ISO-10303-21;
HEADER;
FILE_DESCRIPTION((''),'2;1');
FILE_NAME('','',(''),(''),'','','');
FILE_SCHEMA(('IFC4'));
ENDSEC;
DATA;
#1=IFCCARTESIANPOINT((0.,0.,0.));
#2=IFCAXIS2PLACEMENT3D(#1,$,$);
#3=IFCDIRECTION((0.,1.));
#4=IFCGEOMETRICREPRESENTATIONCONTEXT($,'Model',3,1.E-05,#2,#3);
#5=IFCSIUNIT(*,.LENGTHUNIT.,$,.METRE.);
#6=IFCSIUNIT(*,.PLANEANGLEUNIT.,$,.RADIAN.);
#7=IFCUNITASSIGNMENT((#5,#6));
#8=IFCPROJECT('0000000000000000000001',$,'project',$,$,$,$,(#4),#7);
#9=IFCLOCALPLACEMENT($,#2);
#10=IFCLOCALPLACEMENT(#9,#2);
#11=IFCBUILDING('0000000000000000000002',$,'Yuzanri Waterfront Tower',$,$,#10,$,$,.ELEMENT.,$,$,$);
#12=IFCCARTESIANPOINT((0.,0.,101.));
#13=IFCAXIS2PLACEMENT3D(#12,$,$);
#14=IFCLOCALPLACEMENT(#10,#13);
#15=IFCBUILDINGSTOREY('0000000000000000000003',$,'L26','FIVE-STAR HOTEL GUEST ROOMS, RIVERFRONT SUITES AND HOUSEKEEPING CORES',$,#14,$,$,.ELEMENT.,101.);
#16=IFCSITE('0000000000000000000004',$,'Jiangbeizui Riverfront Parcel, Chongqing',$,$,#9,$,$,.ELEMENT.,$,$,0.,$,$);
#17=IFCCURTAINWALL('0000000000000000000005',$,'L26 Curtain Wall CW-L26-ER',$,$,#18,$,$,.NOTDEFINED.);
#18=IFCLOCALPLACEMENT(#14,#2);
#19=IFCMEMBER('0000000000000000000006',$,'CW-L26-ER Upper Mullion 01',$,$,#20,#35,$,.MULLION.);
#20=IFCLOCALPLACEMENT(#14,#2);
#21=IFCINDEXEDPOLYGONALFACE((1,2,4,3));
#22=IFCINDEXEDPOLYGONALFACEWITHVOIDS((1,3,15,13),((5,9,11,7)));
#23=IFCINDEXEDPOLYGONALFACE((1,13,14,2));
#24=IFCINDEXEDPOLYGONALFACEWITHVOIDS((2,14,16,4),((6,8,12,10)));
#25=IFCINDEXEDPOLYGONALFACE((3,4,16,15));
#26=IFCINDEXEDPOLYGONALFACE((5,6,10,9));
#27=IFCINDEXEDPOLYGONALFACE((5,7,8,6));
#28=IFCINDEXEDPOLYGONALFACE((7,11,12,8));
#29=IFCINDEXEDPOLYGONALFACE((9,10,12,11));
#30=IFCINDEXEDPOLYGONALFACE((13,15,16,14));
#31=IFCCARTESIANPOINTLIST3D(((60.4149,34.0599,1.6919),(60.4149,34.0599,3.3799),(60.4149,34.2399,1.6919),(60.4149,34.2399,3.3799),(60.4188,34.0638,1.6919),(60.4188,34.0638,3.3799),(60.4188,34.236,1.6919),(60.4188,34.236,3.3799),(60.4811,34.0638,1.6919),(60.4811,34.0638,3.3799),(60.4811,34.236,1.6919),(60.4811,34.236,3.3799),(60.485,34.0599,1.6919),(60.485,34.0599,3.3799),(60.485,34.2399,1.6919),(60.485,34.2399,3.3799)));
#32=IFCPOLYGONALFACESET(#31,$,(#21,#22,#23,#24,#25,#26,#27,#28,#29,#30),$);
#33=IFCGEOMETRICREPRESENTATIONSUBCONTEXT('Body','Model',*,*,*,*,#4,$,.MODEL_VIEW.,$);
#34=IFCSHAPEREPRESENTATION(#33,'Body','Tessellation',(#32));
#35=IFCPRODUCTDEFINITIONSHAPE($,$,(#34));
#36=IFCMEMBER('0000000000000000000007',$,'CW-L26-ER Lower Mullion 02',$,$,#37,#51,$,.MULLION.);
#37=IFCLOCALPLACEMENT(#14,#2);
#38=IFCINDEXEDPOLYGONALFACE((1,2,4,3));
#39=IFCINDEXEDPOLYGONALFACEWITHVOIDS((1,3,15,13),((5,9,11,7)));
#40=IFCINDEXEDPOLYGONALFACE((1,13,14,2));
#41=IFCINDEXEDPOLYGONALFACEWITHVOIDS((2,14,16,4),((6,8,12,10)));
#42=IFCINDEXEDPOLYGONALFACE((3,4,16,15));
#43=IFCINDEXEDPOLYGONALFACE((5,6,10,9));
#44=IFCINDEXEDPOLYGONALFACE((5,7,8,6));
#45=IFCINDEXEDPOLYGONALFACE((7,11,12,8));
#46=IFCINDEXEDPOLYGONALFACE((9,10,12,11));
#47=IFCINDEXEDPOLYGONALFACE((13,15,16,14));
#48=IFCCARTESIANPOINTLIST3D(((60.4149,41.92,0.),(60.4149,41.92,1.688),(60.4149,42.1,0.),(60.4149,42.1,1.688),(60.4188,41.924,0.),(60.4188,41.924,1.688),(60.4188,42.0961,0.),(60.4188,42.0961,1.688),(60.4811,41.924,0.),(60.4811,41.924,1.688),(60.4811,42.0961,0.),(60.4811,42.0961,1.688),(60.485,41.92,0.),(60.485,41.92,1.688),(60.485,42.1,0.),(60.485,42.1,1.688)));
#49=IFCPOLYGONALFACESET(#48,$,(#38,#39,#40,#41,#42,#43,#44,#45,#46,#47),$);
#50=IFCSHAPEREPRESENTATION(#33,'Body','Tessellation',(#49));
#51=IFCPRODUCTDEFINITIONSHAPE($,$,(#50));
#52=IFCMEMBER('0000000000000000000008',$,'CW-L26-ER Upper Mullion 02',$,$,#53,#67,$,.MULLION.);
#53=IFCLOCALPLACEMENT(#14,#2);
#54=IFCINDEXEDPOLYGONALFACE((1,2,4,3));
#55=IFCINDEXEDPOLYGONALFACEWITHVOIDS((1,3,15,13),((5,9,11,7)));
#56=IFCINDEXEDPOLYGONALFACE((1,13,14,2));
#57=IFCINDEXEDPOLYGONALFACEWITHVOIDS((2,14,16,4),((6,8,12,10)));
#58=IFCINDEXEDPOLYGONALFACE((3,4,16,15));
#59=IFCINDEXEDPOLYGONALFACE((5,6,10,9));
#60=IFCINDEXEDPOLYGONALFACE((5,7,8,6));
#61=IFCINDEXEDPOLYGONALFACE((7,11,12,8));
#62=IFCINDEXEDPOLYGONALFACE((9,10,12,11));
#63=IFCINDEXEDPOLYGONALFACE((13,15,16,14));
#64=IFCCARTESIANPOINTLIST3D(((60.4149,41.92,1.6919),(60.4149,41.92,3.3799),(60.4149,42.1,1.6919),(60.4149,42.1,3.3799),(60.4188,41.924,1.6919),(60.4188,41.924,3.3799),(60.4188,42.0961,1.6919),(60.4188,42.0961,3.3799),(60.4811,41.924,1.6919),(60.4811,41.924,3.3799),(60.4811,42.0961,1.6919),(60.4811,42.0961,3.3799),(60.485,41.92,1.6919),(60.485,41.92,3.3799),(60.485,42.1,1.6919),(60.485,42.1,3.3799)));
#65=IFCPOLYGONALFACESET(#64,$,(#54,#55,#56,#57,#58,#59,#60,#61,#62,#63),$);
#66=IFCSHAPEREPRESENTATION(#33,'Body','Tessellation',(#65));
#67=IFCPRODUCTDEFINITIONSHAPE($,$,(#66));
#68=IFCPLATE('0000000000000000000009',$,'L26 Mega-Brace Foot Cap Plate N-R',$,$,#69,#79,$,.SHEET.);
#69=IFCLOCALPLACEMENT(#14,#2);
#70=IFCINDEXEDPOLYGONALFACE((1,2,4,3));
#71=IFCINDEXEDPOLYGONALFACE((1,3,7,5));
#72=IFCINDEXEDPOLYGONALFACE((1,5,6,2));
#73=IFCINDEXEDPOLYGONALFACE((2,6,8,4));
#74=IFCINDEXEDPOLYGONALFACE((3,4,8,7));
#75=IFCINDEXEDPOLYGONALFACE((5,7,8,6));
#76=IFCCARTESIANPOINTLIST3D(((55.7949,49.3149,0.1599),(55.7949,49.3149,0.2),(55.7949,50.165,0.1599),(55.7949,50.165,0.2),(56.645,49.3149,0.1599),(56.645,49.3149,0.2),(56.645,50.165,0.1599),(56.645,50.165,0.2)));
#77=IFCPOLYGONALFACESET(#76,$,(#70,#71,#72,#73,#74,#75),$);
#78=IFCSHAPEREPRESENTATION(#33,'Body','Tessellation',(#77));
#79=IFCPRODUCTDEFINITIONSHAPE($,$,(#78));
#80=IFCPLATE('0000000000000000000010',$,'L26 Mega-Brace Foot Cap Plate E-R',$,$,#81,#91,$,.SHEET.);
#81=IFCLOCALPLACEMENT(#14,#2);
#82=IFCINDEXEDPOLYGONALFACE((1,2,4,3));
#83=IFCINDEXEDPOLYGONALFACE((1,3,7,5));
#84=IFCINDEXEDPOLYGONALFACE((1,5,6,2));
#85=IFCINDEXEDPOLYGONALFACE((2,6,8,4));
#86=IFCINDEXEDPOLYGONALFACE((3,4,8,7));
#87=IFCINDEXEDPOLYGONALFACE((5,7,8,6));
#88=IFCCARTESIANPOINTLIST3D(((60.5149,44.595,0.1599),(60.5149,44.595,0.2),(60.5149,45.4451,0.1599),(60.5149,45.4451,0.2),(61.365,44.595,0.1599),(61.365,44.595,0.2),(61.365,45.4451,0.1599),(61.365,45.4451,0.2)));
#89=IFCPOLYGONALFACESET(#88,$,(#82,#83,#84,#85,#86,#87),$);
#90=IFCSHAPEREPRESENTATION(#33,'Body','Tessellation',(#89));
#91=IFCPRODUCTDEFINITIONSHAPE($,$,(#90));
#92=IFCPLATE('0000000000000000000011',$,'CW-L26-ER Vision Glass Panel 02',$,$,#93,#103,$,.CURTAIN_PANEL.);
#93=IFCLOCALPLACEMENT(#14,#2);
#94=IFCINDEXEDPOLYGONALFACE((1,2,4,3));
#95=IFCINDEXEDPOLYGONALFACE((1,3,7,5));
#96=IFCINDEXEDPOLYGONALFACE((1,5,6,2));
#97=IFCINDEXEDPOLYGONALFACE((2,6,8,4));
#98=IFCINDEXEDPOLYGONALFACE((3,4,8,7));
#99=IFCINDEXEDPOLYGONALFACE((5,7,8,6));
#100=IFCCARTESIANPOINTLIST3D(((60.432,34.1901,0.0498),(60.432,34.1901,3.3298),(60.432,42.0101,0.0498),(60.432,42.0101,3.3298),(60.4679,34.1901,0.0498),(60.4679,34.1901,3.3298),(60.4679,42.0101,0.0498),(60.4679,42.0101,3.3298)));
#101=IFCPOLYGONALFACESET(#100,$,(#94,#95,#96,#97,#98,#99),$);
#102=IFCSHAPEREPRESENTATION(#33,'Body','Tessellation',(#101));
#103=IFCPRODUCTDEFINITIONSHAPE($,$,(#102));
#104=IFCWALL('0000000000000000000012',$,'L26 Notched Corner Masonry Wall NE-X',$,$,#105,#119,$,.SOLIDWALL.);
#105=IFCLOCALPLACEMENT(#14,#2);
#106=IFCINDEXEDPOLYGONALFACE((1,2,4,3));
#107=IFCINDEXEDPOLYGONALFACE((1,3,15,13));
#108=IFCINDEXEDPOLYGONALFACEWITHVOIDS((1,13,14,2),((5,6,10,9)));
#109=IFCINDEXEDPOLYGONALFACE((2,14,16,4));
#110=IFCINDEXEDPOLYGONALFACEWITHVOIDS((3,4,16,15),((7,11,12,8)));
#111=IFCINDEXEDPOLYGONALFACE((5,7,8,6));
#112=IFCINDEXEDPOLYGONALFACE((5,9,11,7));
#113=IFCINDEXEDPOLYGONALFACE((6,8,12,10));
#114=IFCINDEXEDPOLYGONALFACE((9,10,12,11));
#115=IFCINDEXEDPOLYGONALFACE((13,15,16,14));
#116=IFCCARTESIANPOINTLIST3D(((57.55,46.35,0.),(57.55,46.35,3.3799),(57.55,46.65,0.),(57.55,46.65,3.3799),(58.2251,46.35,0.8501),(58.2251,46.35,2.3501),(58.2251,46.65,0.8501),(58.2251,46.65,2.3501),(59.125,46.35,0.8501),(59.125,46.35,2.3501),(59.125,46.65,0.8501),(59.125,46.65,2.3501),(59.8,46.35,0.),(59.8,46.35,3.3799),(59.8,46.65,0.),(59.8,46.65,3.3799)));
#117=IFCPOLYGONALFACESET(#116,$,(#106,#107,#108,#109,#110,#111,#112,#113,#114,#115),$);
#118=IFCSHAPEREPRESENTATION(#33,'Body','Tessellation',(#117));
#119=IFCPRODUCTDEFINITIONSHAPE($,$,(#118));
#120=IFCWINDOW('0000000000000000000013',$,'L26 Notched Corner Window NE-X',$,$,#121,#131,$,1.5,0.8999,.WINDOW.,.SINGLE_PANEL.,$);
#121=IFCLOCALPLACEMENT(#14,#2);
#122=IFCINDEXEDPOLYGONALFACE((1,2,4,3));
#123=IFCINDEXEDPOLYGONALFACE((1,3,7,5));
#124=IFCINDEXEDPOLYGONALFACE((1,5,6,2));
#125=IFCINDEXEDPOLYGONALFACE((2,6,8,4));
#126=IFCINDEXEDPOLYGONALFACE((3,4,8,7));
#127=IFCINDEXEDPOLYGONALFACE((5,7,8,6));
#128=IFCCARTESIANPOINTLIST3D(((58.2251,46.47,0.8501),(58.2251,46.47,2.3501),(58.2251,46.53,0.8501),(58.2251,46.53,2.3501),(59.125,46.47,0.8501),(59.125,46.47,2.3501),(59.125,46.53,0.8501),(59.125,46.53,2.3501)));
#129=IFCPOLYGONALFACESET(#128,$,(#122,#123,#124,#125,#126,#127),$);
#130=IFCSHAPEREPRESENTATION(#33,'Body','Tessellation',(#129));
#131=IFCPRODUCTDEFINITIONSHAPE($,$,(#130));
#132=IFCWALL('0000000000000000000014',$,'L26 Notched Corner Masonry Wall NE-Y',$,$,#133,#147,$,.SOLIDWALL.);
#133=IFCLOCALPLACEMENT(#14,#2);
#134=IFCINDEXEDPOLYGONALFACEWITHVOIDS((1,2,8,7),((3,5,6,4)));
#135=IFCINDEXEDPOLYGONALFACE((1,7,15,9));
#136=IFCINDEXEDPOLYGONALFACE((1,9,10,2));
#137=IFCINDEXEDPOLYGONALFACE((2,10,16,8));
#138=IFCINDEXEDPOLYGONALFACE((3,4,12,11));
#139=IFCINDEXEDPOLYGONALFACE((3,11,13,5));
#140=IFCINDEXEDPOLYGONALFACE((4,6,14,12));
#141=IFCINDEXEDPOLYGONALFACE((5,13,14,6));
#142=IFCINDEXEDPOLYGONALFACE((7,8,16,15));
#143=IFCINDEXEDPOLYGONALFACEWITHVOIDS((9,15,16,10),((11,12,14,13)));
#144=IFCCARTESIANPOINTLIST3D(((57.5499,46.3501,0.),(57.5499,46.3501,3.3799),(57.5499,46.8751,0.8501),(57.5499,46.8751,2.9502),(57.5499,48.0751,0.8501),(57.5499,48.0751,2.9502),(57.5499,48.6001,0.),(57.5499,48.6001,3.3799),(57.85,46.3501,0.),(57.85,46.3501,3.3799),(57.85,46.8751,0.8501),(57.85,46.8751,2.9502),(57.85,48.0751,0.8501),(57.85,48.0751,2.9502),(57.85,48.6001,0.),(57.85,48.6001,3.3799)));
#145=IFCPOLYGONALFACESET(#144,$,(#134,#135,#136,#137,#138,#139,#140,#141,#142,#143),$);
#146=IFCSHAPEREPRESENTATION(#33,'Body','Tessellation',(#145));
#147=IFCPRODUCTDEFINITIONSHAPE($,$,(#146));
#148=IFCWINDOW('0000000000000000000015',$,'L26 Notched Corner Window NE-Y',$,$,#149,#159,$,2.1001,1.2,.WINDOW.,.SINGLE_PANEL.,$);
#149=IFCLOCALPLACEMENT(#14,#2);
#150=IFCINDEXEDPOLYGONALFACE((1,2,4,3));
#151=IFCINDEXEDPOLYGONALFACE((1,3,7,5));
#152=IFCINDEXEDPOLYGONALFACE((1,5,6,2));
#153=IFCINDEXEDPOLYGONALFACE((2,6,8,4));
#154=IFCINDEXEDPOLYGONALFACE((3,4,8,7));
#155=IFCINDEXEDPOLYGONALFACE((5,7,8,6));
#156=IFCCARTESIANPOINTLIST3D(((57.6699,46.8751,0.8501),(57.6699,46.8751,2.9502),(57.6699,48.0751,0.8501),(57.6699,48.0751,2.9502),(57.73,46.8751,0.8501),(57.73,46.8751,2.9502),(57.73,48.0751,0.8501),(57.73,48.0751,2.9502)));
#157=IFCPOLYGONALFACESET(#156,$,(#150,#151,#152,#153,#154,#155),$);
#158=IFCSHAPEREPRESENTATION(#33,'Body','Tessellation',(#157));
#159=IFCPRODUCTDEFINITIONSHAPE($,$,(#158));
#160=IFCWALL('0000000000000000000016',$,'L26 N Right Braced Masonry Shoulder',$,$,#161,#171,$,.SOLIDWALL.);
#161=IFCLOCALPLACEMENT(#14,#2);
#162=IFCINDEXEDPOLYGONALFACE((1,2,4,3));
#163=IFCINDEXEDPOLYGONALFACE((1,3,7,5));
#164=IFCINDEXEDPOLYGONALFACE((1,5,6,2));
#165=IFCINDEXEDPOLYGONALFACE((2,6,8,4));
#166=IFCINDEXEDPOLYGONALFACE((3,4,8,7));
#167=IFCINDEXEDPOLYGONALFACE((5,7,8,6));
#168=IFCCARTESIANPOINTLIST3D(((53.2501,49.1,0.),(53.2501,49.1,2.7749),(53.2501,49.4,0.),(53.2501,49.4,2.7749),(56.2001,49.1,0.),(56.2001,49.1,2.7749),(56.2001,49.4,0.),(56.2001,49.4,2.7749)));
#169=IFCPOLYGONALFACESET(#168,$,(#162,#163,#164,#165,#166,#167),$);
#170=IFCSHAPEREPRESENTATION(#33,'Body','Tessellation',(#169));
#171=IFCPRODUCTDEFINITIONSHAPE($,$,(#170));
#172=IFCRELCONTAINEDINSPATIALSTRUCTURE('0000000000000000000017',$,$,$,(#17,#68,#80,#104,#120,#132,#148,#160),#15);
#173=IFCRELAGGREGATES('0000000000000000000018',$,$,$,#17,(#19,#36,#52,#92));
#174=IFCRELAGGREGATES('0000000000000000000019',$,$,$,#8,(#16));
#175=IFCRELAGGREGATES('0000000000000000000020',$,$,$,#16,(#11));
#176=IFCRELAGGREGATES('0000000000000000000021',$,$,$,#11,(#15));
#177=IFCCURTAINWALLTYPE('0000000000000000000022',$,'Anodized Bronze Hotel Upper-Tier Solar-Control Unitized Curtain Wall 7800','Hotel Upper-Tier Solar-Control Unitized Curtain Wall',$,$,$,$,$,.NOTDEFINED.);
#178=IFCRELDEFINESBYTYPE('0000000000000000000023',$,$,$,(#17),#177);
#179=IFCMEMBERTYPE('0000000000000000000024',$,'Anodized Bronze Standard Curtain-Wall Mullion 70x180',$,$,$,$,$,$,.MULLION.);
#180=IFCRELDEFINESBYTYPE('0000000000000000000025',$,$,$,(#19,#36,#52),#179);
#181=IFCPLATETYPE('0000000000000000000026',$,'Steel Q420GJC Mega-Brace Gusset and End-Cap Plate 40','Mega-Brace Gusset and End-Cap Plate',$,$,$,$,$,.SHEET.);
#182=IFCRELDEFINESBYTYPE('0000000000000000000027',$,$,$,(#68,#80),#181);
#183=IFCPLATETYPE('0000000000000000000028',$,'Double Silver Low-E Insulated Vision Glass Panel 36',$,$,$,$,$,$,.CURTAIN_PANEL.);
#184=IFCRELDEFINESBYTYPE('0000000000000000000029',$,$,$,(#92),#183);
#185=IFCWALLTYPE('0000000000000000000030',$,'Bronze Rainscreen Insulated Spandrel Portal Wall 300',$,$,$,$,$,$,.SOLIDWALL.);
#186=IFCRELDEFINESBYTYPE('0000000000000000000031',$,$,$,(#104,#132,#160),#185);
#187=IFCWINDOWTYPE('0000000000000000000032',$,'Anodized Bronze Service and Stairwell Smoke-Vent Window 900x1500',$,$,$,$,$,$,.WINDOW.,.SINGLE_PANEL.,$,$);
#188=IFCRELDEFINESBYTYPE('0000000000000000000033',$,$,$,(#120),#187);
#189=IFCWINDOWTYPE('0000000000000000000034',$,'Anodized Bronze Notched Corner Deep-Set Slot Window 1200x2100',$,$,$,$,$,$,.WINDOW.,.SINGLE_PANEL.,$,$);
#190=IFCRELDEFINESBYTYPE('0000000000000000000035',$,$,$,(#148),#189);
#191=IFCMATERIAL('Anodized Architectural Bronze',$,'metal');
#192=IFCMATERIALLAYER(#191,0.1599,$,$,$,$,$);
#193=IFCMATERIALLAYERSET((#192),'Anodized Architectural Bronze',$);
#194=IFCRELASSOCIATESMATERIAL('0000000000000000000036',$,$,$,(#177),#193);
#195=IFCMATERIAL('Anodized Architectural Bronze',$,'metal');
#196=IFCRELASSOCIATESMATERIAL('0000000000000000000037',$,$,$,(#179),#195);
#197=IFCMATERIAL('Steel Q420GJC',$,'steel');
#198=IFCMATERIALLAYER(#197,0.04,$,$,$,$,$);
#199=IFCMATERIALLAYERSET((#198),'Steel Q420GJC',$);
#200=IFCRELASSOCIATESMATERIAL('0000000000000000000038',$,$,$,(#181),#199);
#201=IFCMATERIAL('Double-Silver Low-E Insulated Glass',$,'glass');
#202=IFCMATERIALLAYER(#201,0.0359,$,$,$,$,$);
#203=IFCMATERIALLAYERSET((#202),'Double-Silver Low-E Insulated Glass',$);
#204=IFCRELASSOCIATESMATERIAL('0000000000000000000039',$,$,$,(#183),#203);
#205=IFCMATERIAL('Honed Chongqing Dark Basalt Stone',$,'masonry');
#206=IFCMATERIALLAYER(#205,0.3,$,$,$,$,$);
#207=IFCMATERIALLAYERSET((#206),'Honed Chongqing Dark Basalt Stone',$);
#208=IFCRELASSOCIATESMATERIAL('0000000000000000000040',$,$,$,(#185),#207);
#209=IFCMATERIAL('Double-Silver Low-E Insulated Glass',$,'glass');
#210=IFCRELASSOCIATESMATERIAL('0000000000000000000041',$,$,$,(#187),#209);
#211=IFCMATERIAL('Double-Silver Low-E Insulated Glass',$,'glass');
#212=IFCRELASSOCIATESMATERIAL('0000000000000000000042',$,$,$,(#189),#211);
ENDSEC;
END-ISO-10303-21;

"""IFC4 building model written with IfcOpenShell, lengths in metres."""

from ifc_helpers import new_model, si_unit, direction, frame, frame_2d, origin, origin_2d, place, context, subcontext, project, spatial, rectangle, hollow_rectangle, extrude, source, transform, mapped, material, layer, layer_set, material_profile, profile_set, type_object, element, fill, aggregate, save


model = new_model("IFC4")

# Units and contexts
model_context = context("Model", 3, precision=1e-05, world=origin(), true_north=direction((0.0, 1.0)))
body_context = subcontext(model_context, "Body", "Model", "MODEL_VIEW")
ifc_project = project(units=[si_unit("LENGTHUNIT", "METRE"), si_unit("PLANEANGLEUNIT", "RADIAN")], contexts=[model_context])

# Site, building, storey
site_placement = place(None, origin())
site = spatial("IfcSite", under=ifc_project, at=site_placement, Name="Jiangbeizui Riverfront Parcel, Chongqing", CompositionType="ELEMENT", RefElevation=0.0)
building_placement = place(site_placement, origin())
building = spatial("IfcBuilding", under=site, at=building_placement, Name="Yuzanri Waterfront Tower", CompositionType="ELEMENT")
storey_placement = place(building_placement, frame((0.0, 0.0, 101.0)))
storey = spatial("IfcBuildingStorey", under=building, at=storey_placement, Name="L26", Description="FIVE-STAR HOTEL GUEST ROOMS, RIVERFRONT SUITES AND HOUSEKEEPING CORES", CompositionType="ELEMENT", Elevation=101.0)

# Curtain wall, members
ifc_material_1 = material(Name="Anodized Architectural Bronze", Category="metal")
ifc_layer_1 = layer(ifc_material_1, 0.1599)
ifc_layer_set_1 = layer_set([ifc_layer_1], Name="Anodized Architectural Bronze")
curtain_wall_type = type_object("IfcCurtainWallType", Name="Anodized Bronze Hotel Upper-Tier Solar-Control Unitized Curtain Wall 7800", Description="Hotel Upper-Tier Solar-Control Unitized Curtain Wall", PredefinedType="NOTDEFINED", material=ifc_layer_set_1)
ifc_material_2 = material(Name="Anodized Architectural Bronze", Category="metal")
ifc_material_profile_1 = material_profile(ifc_material_2, hollow_rectangle(XDim=0.0701, YDim=0.1799, WallThickness=0.0039, at=origin_2d()), Name="CWM 70x180")
ifc_profile_set_1 = profile_set([ifc_material_profile_1], Name="Anodized Architectural Bronze")
member_type_1 = type_object("IfcMemberType", Name="Anodized Bronze Standard Curtain-Wall Mullion 70x180", PredefinedType="MULLION", material=ifc_profile_set_1)
shared_shape_1 = source(origin(), body_context, "Body", "SweptSolid", [
    extrude(hollow_rectangle(XDim=0.0701, YDim=0.1799, WallThickness=0.0039, at=origin_2d()), origin(), (0.0, 0.0, 1.0), 1.688),
])
curtain_wall_1_placement = place(storey_placement, origin())
curtain_wall_1 = element("IfcCurtainWall", 1, at=curtain_wall_1_placement, inside=storey, type_object=curtain_wall_type, Name="L26 Curtain Wall CW-L26-ER", PredefinedType="NOTDEFINED")
member_1_placement = place(storey_placement, frame((60.45, 34.1499, 1.6919), z_axis=(0.0, 0.0, 1.0), x_axis=(1.0, 0.0, 0.0)))
member_1 = element("IfcMember", 2, at=member_1_placement, type_object=member_type_1, Name="CW-L26-ER Upper Mullion 01", PredefinedType="MULLION", context=body_context, shape_type="MappedRepresentation", body=[
    mapped(shared_shape_1, transform((0.0, 0.0, 0.0), scale=1.0)),
])
member_2_placement = place(storey_placement, frame((60.45, 42.01, 0.0), z_axis=(0.0, 0.0, 1.0), x_axis=(1.0, 0.0, 0.0)))
member_2 = element("IfcMember", 3, at=member_2_placement, type_object=member_type_1, Name="CW-L26-ER Lower Mullion 02", PredefinedType="MULLION", context=body_context, shape_type="MappedRepresentation", body=[
    mapped(shared_shape_1, transform((0.0, 0.0, 0.0), scale=1.0)),
])
member_3_placement = place(storey_placement, frame((60.45, 42.01, 1.6919), z_axis=(0.0, 0.0, 1.0), x_axis=(1.0, 0.0, 0.0)))
member_3 = element("IfcMember", 4, at=member_3_placement, type_object=member_type_1, Name="CW-L26-ER Upper Mullion 02", PredefinedType="MULLION", context=body_context, shape_type="MappedRepresentation", body=[
    mapped(shared_shape_1, transform((0.0, 0.0, 0.0), scale=1.0)),
])

# Plates
ifc_material_3 = material(Name="Steel Q420GJC", Category="steel")
ifc_layer_2 = layer(ifc_material_3, 0.04)
ifc_layer_set_2 = layer_set([ifc_layer_2], Name="Steel Q420GJC")
plate_type_1 = type_object("IfcPlateType", Name="Steel Q420GJC Mega-Brace Gusset and End-Cap Plate 40", Description="Mega-Brace Gusset and End-Cap Plate", PredefinedType="SHEET", material=ifc_layer_set_2)
shared_shape_2 = source(origin(), body_context, "Body", "SweptSolid", [
    extrude(rectangle(XDim=0.8501, YDim=0.8501, at=origin_2d()), origin(), (0.0, 0.0, 1.0), 0.04),
])
for number, where, z_axis, x_axis, name in (
    (5, (56.22, 49.74, 0.1599), (0.0, 0.0, 1.0), (1.0, 0.0, 0.0), "L26 Mega-Brace Foot Cap Plate N-R"),
    (6, (60.9399, 45.02, 0.1599), (0.0, 0.0, 1.0), (1.0, 0.0, 0.0), "L26 Mega-Brace Foot Cap Plate E-R"),
):
    element("IfcPlate", number, at=place(storey_placement, frame(where, z_axis=z_axis, x_axis=x_axis)), inside=storey, type_object=plate_type_1, Name=name, PredefinedType="SHEET", context=body_context, shape_type="MappedRepresentation", body=[
        mapped(shared_shape_2, transform((0.0, 0.0, 0.0), scale=1.0)),
    ])

# Plate
ifc_material_4 = material(Name="Double-Silver Low-E Insulated Glass", Category="glass")
ifc_layer_3 = layer(ifc_material_4, 0.0359)
ifc_layer_set_3 = layer_set([ifc_layer_3], Name="Double-Silver Low-E Insulated Glass")
plate_type_2 = type_object("IfcPlateType", Name="Double Silver Low-E Insulated Vision Glass Panel 36", PredefinedType="CURTAIN_PANEL", material=ifc_layer_set_3)
shared_shape_3 = source(origin(), body_context, "Body", "SweptSolid", [
    extrude(rectangle(XDim=7.8201, YDim=0.0359, at=origin_2d()), origin(), (0.0, 0.0, 1.0), 3.28),
])
plate_placement = place(storey_placement, frame((60.45, 38.1001, 0.0498), z_axis=(0.0, 0.0, 1.0), x_axis=(0.0, 1.0, 0.0)))
plate = element("IfcPlate", 7, at=plate_placement, type_object=plate_type_2, Name="CW-L26-ER Vision Glass Panel 02", PredefinedType="CURTAIN_PANEL", context=body_context, shape_type="MappedRepresentation", body=[
    mapped(shared_shape_3, transform((0.0, 0.0, 0.0), scale=1.0)),
])
aggregate(curtain_wall_1, [member_1, member_2, member_3, plate])

# Walls, openings, windows
ifc_material_5 = material(Name="Honed Chongqing Dark Basalt Stone", Category="masonry")
ifc_layer_4 = layer(ifc_material_5, 0.3)
ifc_layer_set_4 = layer_set([ifc_layer_4], Name="Honed Chongqing Dark Basalt Stone")
wall_type_1 = type_object("IfcWallType", Name="Bronze Rainscreen Insulated Spandrel Portal Wall 300", PredefinedType="SOLIDWALL", material=ifc_layer_set_4)
wall_1_placement = place(storey_placement, frame((59.8, 46.5, 0.0), z_axis=(0.0, 0.0, 1.0), x_axis=(-1.0, 0.0, 0.0)))
wall_1 = element("IfcWall", 8, at=wall_1_placement, inside=storey, type_object=wall_type_1, Name="L26 Notched Corner Masonry Wall NE-X", PredefinedType="SOLIDWALL", context=body_context, shape_type="SweptSolid", body=[
    extrude(rectangle(XDim=2.25, YDim=0.3, at=frame_2d((1.125, 0.0))), origin(), (0.0, 0.0, 1.0), 3.3799),
])
opening_1_placement = place(wall_1_placement, frame((0.675, 0.0, 0.8501)))
opening_1 = element("IfcOpeningElement", 9, at=opening_1_placement, cuts=wall_1, PredefinedType="OPENING", context=body_context, shape_type="SweptSolid", body=[
    extrude(rectangle(XDim=0.8999, YDim=1.5, at=frame_2d((0.45, 0.75))), frame((0.0, 0.165, 0.0), z_axis=(0.0, -1.0, 0.0), x_axis=(1.0, 0.0, 0.0)), (0.0, 0.0, 1.0), 0.3298),
])
ifc_material_6 = material(Name="Double-Silver Low-E Insulated Glass", Category="glass")
window_type_1 = type_object("IfcWindowType", Name="Anodized Bronze Service and Stairwell Smoke-Vent Window 900x1500", PartitioningType="SINGLE_PANEL", PredefinedType="WINDOW", material=ifc_material_6)
shared_shape_4 = source(origin(), body_context, "Body", "SweptSolid", [
    extrude(rectangle(XDim=0.8999, YDim=1.5, at=frame_2d((0.45, 0.75))), frame((0.0, 0.03, 0.0), z_axis=(0.0, -1.0, 0.0), x_axis=(1.0, 0.0, 0.0)), (0.0, 0.0, 1.0), 0.0601),
])
window_1_placement = place(opening_1_placement, origin())
window_1 = element("IfcWindow", 10, at=window_1_placement, inside=storey, type_object=window_type_1, Name="L26 Notched Corner Window NE-X", OverallHeight=1.5, OverallWidth=0.8999, PartitioningType="SINGLE_PANEL", PredefinedType="WINDOW", context=body_context, shape_type="MappedRepresentation", body=[
    mapped(shared_shape_4, transform((0.0, 0.0, 0.0), scale=1.0)),
])
fill(opening_1, window_1)
wall_2_placement = place(storey_placement, frame((57.7, 46.3501, 0.0), z_axis=(0.0, 0.0, 1.0), x_axis=(0.0, 1.0, 0.0)))
wall_2 = element("IfcWall", 11, at=wall_2_placement, inside=storey, type_object=wall_type_1, Name="L26 Notched Corner Masonry Wall NE-Y", PredefinedType="SOLIDWALL", context=body_context, shape_type="SweptSolid", body=[
    extrude(rectangle(XDim=2.25, YDim=0.3, at=frame_2d((1.125, 0.0))), origin(), (0.0, 0.0, 1.0), 3.3799),
])
opening_2_placement = place(wall_2_placement, frame((0.5249, 0.0, 0.8501)))
opening_2 = element("IfcOpeningElement", 12, at=opening_2_placement, cuts=wall_2, PredefinedType="OPENING", context=body_context, shape_type="SweptSolid", body=[
    extrude(rectangle(XDim=1.2, YDim=2.1001, at=frame_2d((0.6001, 1.05))), frame((0.0, 0.165, 0.0), z_axis=(0.0, -1.0, 0.0), x_axis=(1.0, 0.0, 0.0)), (0.0, 0.0, 1.0), 0.3298),
])
ifc_material_7 = material(Name="Double-Silver Low-E Insulated Glass", Category="glass")
window_type_2 = type_object("IfcWindowType", Name="Anodized Bronze Notched Corner Deep-Set Slot Window 1200x2100", PartitioningType="SINGLE_PANEL", PredefinedType="WINDOW", material=ifc_material_7)
shared_shape_5 = source(origin(), body_context, "Body", "SweptSolid", [
    extrude(rectangle(XDim=1.2, YDim=2.1001, at=frame_2d((0.6001, 1.05))), frame((0.0, 0.03, 0.0), z_axis=(0.0, -1.0, 0.0), x_axis=(1.0, 0.0, 0.0)), (0.0, 0.0, 1.0), 0.0601),
])
window_2_placement = place(opening_2_placement, origin())
window_2 = element("IfcWindow", 13, at=window_2_placement, inside=storey, type_object=window_type_2, Name="L26 Notched Corner Window NE-Y", OverallHeight=2.1001, OverallWidth=1.2, PartitioningType="SINGLE_PANEL", PredefinedType="WINDOW", context=body_context, shape_type="MappedRepresentation", body=[
    mapped(shared_shape_5, transform((0.0, 0.0, 0.0), scale=1.0)),
])
fill(opening_2, window_2)

# Wall
shared_shape_6 = source(origin(), body_context, "Body", "SweptSolid", [
    extrude(rectangle(XDim=2.95, YDim=0.3, at=frame_2d((1.4751, 0.0))), origin(), (0.0, 0.0, 1.0), 2.7749),
])
for number, where, z_axis, x_axis, name in (
    (14, (53.25, 49.25, 0.0), (0.0, 0.0, 1.0), (1.0, 0.0, 0.0), "L26 N Right Braced Masonry Shoulder"),
):
    element("IfcWall", number, at=place(storey_placement, frame(where, z_axis=z_axis, x_axis=x_axis)), inside=storey, type_object=wall_type_1, Name=name, PredefinedType="SOLIDWALL", context=body_context, shape_type="MappedRepresentation", body=[
        mapped(shared_shape_6, transform((0.0, 0.0, 0.0), scale=1.0)),
    ])

save(model, "model.ifc")
